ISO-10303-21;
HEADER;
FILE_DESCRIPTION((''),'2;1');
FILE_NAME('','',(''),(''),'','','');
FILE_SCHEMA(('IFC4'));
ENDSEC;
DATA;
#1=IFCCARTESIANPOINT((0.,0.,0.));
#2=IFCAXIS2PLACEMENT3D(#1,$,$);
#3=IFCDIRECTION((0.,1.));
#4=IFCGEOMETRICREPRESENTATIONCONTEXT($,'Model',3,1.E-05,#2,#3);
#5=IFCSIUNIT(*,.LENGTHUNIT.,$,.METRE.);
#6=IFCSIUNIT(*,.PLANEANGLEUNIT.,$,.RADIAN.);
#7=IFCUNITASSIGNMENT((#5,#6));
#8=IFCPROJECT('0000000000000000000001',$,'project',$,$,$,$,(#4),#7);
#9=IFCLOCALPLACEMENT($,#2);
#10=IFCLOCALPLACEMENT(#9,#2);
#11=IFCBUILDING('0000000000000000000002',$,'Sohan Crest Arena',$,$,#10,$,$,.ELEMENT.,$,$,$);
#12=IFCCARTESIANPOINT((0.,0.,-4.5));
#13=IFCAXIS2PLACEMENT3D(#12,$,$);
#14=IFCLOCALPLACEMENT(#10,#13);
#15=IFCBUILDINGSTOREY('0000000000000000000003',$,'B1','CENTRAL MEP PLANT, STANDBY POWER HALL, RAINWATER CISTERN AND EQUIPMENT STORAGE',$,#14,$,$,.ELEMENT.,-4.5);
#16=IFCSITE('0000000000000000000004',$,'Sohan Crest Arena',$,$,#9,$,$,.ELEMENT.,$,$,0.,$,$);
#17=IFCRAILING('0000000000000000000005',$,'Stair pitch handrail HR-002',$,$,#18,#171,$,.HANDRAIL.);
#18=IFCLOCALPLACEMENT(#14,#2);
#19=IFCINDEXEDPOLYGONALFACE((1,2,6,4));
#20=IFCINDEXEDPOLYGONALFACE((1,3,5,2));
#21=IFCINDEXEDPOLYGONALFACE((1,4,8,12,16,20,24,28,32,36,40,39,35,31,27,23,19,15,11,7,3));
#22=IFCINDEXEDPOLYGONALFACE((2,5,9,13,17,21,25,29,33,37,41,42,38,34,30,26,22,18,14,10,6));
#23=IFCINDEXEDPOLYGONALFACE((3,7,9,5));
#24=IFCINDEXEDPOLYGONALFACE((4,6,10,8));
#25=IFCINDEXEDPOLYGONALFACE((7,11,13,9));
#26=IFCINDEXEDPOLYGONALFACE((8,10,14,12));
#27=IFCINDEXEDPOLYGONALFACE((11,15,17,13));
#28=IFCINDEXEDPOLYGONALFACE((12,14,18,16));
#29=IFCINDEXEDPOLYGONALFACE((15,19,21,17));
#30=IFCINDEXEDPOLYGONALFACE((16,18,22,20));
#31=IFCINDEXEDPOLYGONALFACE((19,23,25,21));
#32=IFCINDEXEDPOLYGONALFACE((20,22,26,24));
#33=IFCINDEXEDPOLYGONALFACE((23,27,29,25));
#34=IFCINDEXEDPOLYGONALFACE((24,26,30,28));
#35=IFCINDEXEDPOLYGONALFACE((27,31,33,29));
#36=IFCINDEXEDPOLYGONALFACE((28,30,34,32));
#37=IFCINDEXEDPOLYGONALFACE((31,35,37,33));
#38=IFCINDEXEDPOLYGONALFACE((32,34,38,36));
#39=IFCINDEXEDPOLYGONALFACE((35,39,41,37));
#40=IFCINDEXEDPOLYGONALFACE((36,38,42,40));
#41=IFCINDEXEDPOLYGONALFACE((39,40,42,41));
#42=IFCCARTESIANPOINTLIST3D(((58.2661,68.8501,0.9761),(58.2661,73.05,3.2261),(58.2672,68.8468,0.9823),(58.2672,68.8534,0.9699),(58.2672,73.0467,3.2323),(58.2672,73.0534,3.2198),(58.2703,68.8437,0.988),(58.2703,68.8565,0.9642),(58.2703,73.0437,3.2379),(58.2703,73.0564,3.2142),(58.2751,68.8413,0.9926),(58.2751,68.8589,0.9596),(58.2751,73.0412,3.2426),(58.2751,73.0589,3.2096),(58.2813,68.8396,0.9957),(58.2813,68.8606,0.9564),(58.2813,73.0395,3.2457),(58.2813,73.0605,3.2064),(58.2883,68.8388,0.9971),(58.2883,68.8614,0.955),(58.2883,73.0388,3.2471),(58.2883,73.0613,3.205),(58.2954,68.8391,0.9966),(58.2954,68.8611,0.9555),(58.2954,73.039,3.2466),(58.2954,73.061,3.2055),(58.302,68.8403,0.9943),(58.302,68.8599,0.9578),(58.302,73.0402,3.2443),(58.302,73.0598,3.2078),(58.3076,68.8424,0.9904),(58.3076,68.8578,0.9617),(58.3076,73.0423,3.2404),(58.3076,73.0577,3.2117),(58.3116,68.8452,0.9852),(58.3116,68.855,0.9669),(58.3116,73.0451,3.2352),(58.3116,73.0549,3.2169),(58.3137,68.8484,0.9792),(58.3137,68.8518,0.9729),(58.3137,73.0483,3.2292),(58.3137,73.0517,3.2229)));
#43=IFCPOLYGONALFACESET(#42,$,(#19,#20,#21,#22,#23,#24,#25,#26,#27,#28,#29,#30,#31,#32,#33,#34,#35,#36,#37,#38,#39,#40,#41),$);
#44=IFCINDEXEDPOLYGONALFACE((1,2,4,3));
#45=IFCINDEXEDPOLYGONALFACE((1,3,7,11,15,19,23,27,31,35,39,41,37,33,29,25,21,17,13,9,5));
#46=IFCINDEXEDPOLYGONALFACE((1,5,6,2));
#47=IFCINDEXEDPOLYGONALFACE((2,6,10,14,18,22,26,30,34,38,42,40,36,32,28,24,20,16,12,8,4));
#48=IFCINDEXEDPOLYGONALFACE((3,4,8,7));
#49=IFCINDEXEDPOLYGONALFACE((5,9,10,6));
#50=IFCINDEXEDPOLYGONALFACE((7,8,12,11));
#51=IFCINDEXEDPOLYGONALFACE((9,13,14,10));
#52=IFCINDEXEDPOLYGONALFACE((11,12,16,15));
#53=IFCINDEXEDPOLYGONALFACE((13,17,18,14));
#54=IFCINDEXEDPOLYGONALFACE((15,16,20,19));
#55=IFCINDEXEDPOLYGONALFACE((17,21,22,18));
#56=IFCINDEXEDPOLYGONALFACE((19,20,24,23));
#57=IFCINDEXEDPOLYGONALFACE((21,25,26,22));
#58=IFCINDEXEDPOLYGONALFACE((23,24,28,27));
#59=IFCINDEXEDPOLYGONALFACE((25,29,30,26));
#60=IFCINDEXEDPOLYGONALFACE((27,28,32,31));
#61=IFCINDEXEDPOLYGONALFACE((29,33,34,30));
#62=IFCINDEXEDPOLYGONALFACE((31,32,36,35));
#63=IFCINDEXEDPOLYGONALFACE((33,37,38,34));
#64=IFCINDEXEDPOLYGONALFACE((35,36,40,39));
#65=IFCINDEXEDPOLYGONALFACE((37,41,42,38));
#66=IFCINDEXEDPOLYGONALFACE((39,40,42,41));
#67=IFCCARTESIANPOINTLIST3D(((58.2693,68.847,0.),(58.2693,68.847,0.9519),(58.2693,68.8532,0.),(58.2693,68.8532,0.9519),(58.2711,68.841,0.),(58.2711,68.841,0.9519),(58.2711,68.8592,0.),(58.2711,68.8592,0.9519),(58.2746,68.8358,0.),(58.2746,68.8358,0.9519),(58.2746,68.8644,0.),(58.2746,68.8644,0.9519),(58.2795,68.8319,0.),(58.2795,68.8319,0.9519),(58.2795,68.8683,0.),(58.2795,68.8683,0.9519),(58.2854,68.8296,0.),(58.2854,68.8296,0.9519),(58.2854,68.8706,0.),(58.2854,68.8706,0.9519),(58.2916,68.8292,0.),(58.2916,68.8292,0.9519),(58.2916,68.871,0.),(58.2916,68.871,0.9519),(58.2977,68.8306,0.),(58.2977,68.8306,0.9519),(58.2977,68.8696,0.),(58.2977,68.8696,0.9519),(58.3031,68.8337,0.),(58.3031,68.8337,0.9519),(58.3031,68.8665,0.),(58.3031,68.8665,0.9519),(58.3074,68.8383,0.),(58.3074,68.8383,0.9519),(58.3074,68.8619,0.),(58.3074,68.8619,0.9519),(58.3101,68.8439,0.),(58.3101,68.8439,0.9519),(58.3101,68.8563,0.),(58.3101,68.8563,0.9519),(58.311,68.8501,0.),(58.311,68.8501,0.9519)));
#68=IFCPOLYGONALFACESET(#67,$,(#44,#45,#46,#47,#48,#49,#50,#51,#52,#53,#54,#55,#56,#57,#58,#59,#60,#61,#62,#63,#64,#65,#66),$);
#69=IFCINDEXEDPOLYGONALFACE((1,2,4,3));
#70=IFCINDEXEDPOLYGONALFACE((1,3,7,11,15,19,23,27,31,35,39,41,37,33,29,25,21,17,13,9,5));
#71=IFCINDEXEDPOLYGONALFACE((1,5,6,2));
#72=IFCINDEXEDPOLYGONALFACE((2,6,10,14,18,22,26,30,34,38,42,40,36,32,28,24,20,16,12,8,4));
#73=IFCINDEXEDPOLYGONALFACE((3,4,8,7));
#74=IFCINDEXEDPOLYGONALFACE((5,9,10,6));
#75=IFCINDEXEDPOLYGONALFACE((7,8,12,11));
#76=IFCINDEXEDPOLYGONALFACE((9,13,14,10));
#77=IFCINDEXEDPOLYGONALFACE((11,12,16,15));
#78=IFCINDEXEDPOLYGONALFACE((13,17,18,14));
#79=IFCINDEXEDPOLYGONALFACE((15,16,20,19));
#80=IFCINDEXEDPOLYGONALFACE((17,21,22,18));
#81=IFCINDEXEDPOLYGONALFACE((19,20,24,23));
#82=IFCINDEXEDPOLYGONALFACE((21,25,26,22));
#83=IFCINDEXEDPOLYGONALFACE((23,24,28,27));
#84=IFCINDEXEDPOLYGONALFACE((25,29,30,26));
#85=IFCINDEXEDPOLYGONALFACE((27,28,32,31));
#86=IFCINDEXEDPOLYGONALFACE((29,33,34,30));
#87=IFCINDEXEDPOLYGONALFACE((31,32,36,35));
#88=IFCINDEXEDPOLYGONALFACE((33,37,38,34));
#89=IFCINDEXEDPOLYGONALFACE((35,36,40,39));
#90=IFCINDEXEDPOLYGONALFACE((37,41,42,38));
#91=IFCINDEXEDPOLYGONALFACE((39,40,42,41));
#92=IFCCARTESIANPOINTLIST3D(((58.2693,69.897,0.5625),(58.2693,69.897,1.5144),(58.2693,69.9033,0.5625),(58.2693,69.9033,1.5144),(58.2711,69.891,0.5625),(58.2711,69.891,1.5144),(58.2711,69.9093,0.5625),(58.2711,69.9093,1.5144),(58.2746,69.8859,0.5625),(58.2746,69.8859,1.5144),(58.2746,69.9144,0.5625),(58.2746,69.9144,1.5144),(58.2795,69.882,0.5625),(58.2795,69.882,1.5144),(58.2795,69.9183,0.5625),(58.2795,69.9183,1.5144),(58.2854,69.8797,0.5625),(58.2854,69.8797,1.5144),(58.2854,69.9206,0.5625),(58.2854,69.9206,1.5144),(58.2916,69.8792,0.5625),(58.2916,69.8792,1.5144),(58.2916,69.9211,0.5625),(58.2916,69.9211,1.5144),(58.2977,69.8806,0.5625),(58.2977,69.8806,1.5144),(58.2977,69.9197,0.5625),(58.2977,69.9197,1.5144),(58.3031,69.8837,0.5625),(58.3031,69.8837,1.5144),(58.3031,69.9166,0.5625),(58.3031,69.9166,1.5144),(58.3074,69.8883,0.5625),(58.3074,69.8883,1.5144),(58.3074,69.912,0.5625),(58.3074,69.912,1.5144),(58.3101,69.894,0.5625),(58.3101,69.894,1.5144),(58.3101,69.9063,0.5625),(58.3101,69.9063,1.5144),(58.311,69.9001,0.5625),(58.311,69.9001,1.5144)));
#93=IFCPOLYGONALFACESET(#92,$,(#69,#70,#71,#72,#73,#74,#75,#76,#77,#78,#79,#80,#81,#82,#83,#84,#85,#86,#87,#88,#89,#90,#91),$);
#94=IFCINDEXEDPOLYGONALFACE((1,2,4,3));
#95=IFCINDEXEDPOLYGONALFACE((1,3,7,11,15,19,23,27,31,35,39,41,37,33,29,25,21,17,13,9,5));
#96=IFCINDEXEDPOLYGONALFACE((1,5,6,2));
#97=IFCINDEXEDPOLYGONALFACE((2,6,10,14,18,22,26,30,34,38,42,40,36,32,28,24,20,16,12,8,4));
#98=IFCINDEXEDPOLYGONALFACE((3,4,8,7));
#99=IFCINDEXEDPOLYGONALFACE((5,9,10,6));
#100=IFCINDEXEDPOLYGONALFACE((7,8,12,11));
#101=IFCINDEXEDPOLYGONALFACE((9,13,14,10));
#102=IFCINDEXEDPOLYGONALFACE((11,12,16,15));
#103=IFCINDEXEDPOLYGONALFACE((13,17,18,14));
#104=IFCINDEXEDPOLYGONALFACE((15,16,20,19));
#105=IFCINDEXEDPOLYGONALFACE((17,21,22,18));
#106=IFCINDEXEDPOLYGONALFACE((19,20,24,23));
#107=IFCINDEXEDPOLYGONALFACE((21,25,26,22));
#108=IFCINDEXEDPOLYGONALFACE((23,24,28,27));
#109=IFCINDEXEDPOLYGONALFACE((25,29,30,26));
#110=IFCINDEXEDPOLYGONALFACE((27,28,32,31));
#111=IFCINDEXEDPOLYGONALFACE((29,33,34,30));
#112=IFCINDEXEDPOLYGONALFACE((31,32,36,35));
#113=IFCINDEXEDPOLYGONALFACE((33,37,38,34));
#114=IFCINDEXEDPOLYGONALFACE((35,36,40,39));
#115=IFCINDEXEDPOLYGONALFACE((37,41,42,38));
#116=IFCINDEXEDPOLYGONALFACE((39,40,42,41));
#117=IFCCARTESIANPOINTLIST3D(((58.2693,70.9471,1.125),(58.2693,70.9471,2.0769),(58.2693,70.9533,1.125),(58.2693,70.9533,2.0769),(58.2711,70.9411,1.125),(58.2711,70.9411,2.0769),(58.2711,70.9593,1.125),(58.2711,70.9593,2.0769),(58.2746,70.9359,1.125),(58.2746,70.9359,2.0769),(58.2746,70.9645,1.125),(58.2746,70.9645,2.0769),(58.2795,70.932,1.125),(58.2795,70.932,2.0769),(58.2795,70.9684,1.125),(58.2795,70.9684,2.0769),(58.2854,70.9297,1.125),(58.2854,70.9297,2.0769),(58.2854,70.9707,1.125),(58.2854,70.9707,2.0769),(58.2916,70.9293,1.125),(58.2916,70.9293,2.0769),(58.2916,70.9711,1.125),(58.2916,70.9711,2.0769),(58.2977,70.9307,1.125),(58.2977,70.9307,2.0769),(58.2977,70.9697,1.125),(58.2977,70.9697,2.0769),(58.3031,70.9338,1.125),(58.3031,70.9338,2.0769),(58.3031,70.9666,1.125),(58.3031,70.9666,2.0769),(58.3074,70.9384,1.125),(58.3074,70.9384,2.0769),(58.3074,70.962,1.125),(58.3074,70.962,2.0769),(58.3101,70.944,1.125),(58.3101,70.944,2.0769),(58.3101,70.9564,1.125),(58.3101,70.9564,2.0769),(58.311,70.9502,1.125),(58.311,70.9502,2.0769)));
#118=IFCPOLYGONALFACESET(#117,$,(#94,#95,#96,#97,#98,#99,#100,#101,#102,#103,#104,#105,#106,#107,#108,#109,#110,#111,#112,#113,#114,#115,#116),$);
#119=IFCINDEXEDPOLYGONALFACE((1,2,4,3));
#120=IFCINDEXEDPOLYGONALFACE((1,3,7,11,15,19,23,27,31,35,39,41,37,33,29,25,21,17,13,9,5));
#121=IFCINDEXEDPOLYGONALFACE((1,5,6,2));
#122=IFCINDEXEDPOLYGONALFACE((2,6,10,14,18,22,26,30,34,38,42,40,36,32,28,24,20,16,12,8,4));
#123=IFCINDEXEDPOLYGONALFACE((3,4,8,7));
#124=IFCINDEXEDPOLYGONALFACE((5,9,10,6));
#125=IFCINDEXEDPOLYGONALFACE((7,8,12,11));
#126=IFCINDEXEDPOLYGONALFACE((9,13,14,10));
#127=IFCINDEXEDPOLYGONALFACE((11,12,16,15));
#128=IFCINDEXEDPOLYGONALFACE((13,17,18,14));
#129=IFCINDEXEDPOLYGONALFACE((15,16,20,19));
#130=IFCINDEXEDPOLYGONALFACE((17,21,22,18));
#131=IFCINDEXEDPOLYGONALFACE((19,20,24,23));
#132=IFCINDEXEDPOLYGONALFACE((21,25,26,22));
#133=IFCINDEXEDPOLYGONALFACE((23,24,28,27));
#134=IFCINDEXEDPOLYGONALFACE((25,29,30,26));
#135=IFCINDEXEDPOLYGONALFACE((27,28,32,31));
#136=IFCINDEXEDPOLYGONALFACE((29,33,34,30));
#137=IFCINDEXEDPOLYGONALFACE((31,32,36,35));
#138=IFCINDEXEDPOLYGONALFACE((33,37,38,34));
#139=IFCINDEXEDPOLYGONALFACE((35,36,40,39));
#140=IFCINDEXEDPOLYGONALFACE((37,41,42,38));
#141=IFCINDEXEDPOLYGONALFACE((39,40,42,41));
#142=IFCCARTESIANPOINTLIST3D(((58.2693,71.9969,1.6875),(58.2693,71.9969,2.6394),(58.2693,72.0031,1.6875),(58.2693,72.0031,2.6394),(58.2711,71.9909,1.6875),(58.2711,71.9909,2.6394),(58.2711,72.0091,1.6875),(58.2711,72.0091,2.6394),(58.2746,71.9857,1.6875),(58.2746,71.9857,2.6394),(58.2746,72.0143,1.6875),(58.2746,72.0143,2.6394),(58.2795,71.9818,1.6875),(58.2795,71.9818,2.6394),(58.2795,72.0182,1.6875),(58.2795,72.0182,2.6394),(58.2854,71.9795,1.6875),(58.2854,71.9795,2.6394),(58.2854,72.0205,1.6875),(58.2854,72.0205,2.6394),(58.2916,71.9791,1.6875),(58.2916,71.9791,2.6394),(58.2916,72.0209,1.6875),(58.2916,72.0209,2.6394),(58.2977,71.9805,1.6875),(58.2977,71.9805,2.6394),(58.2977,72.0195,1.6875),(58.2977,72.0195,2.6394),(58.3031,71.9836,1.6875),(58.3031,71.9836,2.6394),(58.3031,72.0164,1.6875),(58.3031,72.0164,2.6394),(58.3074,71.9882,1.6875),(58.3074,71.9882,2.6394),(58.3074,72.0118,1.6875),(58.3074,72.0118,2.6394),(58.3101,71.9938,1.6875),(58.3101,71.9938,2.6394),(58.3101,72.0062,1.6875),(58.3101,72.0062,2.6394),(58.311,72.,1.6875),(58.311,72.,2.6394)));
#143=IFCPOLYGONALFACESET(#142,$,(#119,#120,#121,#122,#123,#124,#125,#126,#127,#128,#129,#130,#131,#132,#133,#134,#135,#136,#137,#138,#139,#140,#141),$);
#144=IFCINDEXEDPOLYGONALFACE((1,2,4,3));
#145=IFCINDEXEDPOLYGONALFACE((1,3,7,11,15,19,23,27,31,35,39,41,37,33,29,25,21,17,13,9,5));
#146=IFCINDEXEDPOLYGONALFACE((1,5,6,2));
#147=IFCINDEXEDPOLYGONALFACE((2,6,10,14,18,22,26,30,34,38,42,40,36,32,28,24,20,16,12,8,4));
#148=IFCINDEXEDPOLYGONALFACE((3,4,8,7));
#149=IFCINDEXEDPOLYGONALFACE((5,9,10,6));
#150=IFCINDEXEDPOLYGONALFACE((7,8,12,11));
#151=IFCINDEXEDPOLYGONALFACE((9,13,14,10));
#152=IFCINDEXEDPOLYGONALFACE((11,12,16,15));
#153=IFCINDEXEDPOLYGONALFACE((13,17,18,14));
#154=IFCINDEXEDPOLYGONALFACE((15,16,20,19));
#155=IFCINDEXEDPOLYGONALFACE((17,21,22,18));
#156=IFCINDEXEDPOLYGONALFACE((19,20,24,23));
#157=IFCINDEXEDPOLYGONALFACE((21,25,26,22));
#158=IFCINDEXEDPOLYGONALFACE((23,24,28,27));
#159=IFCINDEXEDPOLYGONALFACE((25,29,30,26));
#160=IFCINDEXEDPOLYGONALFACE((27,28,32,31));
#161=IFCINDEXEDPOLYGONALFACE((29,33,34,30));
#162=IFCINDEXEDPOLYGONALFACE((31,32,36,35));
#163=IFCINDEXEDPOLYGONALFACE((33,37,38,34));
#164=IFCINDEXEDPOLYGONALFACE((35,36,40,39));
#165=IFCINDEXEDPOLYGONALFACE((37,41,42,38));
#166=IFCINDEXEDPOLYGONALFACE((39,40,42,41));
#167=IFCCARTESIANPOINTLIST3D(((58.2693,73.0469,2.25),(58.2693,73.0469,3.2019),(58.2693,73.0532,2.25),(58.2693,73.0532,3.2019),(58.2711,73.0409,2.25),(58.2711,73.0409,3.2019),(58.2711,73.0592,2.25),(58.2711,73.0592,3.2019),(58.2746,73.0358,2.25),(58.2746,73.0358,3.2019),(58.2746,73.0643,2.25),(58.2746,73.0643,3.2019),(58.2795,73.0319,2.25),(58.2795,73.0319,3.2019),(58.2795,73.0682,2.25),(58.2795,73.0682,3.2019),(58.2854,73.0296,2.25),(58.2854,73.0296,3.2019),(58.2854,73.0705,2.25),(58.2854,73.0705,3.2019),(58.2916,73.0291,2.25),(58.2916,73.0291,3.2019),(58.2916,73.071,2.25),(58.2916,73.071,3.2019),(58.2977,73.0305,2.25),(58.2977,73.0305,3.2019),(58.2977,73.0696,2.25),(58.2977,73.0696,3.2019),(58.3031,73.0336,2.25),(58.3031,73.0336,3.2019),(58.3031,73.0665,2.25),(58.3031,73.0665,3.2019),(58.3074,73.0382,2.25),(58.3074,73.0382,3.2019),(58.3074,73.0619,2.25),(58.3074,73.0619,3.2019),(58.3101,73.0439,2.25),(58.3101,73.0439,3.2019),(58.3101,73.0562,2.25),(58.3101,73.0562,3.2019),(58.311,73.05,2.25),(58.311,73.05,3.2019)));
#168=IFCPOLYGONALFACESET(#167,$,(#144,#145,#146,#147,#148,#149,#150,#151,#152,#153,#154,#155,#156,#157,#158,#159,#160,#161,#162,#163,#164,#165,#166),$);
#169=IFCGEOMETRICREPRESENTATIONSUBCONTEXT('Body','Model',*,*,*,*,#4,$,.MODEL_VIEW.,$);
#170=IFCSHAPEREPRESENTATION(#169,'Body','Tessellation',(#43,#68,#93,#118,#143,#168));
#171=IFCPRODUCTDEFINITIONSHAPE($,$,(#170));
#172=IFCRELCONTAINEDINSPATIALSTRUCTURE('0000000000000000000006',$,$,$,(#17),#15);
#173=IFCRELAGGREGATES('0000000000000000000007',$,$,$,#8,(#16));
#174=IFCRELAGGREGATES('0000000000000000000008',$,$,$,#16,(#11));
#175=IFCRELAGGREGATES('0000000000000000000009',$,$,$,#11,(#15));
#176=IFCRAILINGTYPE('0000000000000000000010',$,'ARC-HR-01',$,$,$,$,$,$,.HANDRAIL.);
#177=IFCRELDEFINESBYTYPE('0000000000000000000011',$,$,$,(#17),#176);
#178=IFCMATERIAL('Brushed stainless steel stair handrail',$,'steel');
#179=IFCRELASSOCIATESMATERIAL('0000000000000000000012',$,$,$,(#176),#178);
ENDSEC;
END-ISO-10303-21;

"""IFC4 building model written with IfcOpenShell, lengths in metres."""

from ifc_helpers import new_model, si_unit, direction, frame, origin, origin_2d, place, context, subcontext, project, spatial, circle, extrude, material, type_object, element, save


model = new_model("IFC4")

# Units and contexts
model_context = context("Model", 3, precision=1e-05, world=origin(), true_north=direction((0.0, 1.0)))
body_context = subcontext(model_context, "Body", "Model", "MODEL_VIEW")
ifc_project = project(units=[si_unit("LENGTHUNIT", "METRE"), si_unit("PLANEANGLEUNIT", "RADIAN")], contexts=[model_context])

# Site, building, storey
site_placement = place(None, origin())
site = spatial("IfcSite", under=ifc_project, at=site_placement, Name="Sohan Crest Arena", CompositionType="ELEMENT", RefElevation=0.0)
building_placement = place(site_placement, origin())
building = spatial("IfcBuilding", under=site, at=building_placement, Name="Sohan Crest Arena", CompositionType="ELEMENT")
storey_placement = place(building_placement, frame((0.0, 0.0, -4.5)))
storey = spatial("IfcBuildingStorey", under=building, at=storey_placement, Name="B1", Description="CENTRAL MEP PLANT, STANDBY POWER HALL, RAINWATER CISTERN AND EQUIPMENT STORAGE", CompositionType="ELEMENT", Elevation=-4.5)

# Railing
ifc_material_1 = material(Name="Brushed stainless steel stair handrail", Category="steel")
railing_type_1 = type_object("IfcRailingType", Name="ARC-HR-01", PredefinedType="HANDRAIL", material=ifc_material_1)
railing_1_placement = place(storey_placement, frame((58.29, 68.8501, 0.0)))
element("IfcRailing", 1, at=railing_1_placement, inside=storey, type_object=railing_type_1, Name="Stair pitch handrail HR-002", PredefinedType="HANDRAIL", context=body_context, shape_type="SweptSolid", body=[
    extrude(circle(Radius=0.0239, at=origin_2d()), frame((0.0, 0.0, 0.9761), z_axis=(0.0, 0.881478, 0.472226), x_axis=(-1.0, 0.0, 0.0)), (0.0, 0.0, 1.0), 4.7646),
    extrude(circle(Radius=0.021, at=origin_2d()), origin(), (0.0, 0.0, 1.0), 0.9519),
    extrude(circle(Radius=0.021, at=origin_2d()), frame((0.0, 1.05, 0.5625)), (0.0, 0.0, 1.0), 0.9519),
    extrude(circle(Radius=0.021, at=origin_2d()), frame((0.0, 2.1001, 1.125)), (0.0, 0.0, 1.0), 0.9519),
    extrude(circle(Radius=0.021, at=origin_2d()), frame((0.0, 3.1499, 1.6875)), (0.0, 0.0, 1.0), 0.9519),
    extrude(circle(Radius=0.021, at=origin_2d()), frame((0.0, 4.2, 2.25)), (0.0, 0.0, 1.0), 0.9519),
])

save(model, "model.ifc")
